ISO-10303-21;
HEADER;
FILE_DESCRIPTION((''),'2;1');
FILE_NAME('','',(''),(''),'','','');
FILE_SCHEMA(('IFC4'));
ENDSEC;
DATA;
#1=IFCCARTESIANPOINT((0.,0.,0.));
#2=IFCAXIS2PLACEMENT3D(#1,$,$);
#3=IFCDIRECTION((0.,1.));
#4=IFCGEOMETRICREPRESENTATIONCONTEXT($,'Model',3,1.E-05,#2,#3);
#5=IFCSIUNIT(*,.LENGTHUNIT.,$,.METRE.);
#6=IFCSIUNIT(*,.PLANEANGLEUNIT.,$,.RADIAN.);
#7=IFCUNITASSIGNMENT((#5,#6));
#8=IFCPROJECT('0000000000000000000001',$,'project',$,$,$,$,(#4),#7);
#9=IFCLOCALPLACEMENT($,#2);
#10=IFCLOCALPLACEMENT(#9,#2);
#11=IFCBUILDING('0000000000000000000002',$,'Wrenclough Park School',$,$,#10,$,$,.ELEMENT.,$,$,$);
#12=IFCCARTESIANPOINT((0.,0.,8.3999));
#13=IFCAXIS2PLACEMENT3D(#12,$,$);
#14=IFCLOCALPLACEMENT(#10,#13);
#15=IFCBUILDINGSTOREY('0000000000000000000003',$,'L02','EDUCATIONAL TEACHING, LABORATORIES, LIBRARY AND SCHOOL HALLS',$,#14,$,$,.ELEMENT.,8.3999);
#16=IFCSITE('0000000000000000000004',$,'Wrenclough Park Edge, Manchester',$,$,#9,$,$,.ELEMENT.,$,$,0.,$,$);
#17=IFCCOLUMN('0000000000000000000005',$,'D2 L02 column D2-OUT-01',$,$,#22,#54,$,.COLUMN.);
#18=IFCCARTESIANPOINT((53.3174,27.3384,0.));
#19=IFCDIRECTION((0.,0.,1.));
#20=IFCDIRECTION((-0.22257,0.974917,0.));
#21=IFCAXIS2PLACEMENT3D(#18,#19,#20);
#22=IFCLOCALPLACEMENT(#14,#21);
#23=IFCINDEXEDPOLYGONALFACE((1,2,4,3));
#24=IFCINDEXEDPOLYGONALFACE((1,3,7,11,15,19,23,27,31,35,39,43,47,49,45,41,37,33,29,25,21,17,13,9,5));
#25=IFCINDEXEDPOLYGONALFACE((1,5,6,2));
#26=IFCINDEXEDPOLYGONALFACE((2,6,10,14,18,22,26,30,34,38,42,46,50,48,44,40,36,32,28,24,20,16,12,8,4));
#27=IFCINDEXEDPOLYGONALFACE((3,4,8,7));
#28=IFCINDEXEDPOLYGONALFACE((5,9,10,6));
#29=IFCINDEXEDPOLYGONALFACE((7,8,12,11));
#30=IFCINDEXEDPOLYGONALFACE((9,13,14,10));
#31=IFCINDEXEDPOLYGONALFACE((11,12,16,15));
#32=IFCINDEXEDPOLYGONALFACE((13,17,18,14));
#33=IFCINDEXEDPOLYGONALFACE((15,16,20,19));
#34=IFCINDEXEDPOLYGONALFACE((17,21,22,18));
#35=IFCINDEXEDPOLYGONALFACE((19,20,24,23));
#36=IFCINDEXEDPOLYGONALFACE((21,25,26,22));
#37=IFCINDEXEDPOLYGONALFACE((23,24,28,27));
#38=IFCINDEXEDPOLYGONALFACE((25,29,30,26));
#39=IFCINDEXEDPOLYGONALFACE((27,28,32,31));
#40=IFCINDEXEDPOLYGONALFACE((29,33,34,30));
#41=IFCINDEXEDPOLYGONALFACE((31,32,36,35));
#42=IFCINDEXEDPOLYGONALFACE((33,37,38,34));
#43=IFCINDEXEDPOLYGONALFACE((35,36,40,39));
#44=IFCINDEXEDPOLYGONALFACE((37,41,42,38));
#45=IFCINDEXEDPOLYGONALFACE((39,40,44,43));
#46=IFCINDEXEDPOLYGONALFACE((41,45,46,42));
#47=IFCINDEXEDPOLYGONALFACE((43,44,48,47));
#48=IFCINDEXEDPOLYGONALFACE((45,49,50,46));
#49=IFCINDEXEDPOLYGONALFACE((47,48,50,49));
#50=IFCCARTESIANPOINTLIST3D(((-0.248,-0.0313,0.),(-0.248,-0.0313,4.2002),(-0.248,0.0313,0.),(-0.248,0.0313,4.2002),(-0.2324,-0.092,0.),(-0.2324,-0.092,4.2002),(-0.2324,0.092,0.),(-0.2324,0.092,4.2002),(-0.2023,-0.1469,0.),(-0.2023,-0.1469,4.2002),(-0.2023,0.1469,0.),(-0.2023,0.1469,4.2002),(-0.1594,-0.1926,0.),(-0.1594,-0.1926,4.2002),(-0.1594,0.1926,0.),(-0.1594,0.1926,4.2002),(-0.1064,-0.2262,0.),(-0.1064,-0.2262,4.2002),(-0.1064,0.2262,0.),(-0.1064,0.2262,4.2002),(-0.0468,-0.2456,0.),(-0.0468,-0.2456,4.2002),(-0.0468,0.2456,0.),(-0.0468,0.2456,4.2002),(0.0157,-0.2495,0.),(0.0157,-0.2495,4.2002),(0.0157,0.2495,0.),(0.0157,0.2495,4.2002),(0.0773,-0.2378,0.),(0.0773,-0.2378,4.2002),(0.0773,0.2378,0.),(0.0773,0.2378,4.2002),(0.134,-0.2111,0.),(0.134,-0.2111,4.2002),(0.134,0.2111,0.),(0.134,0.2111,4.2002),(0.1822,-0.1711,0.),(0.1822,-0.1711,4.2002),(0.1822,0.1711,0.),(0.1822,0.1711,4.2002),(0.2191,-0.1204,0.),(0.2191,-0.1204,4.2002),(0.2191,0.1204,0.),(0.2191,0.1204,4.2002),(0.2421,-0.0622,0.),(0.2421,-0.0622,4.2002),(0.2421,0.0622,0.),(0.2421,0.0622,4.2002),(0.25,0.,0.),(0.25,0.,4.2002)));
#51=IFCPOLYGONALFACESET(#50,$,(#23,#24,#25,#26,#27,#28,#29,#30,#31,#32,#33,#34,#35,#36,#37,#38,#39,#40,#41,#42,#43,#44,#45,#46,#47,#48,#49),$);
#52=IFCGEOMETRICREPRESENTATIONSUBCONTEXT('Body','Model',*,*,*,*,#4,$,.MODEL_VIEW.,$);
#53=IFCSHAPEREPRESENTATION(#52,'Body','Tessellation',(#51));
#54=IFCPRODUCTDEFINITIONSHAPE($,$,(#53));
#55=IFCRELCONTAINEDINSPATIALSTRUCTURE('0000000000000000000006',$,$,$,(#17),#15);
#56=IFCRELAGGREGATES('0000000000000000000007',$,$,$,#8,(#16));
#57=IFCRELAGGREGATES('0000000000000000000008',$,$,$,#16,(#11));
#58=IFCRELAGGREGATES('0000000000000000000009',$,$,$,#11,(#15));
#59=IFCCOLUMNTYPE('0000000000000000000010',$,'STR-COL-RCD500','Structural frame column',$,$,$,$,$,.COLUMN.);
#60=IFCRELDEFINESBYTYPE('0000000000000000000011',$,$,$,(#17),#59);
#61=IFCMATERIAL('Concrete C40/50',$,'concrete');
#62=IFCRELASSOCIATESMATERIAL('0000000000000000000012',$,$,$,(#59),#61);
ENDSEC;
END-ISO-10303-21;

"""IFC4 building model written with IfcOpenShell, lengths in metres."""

from ifc_helpers import new_model, si_unit, direction, frame, origin, origin_2d, place, context, subcontext, project, spatial, circle, extrude, material, material_profile, profile_set, type_object, element, save


model = new_model("IFC4")

# Units and contexts
model_context = context("Model", 3, precision=1e-05, world=origin(), true_north=direction((0.0, 1.0)))
body_context = subcontext(model_context, "Body", "Model", "MODEL_VIEW")
ifc_project = project(units=[si_unit("LENGTHUNIT", "METRE"), si_unit("PLANEANGLEUNIT", "RADIAN")], contexts=[model_context])

# Site, building, storey
site_placement = place(None, origin())
site = spatial("IfcSite", under=ifc_project, at=site_placement, Name="Wrenclough Park Edge, Manchester", CompositionType="ELEMENT", RefElevation=0.0)
building_placement = place(site_placement, origin())
building = spatial("IfcBuilding", under=site, at=building_placement, Name="Wrenclough Park School", CompositionType="ELEMENT")
storey_placement = place(building_placement, frame((0.0, 0.0, 8.3999)))
storey = spatial("IfcBuildingStorey", under=building, at=storey_placement, Name="L02", Description="EDUCATIONAL TEACHING, LABORATORIES, LIBRARY AND SCHOOL HALLS", CompositionType="ELEMENT", Elevation=8.3999)

# Column
ifc_material_1 = material(Name="Concrete C40/50", Category="concrete")
ifc_material_profile_1 = material_profile(ifc_material_1, circle(Radius=0.25, at=origin_2d()), Name="RC COL D500")
ifc_profile_set_1 = profile_set([ifc_material_profile_1], Name="Concrete C40/50")
column_type = type_object("IfcColumnType", Name="STR-COL-RCD500", Description="Structural frame column", PredefinedType="COLUMN", material=ifc_profile_set_1)
column_placement = place(storey_placement, frame((53.3174, 27.3384, 0.0), z_axis=(0.0, 0.0, 1.0), x_axis=(-0.22257, 0.974917, 0.0)))
element("IfcColumn", 1, at=column_placement, inside=storey, type_object=column_type, Name="D2 L02 column D2-OUT-01", PredefinedType="COLUMN", context=body_context, shape_type="SweptSolid", body=[
    extrude(circle(Radius=0.25, at=origin_2d()), origin(), (0.0, 0.0, 1.0), 4.2002),
])

save(model, "model.ifc")
